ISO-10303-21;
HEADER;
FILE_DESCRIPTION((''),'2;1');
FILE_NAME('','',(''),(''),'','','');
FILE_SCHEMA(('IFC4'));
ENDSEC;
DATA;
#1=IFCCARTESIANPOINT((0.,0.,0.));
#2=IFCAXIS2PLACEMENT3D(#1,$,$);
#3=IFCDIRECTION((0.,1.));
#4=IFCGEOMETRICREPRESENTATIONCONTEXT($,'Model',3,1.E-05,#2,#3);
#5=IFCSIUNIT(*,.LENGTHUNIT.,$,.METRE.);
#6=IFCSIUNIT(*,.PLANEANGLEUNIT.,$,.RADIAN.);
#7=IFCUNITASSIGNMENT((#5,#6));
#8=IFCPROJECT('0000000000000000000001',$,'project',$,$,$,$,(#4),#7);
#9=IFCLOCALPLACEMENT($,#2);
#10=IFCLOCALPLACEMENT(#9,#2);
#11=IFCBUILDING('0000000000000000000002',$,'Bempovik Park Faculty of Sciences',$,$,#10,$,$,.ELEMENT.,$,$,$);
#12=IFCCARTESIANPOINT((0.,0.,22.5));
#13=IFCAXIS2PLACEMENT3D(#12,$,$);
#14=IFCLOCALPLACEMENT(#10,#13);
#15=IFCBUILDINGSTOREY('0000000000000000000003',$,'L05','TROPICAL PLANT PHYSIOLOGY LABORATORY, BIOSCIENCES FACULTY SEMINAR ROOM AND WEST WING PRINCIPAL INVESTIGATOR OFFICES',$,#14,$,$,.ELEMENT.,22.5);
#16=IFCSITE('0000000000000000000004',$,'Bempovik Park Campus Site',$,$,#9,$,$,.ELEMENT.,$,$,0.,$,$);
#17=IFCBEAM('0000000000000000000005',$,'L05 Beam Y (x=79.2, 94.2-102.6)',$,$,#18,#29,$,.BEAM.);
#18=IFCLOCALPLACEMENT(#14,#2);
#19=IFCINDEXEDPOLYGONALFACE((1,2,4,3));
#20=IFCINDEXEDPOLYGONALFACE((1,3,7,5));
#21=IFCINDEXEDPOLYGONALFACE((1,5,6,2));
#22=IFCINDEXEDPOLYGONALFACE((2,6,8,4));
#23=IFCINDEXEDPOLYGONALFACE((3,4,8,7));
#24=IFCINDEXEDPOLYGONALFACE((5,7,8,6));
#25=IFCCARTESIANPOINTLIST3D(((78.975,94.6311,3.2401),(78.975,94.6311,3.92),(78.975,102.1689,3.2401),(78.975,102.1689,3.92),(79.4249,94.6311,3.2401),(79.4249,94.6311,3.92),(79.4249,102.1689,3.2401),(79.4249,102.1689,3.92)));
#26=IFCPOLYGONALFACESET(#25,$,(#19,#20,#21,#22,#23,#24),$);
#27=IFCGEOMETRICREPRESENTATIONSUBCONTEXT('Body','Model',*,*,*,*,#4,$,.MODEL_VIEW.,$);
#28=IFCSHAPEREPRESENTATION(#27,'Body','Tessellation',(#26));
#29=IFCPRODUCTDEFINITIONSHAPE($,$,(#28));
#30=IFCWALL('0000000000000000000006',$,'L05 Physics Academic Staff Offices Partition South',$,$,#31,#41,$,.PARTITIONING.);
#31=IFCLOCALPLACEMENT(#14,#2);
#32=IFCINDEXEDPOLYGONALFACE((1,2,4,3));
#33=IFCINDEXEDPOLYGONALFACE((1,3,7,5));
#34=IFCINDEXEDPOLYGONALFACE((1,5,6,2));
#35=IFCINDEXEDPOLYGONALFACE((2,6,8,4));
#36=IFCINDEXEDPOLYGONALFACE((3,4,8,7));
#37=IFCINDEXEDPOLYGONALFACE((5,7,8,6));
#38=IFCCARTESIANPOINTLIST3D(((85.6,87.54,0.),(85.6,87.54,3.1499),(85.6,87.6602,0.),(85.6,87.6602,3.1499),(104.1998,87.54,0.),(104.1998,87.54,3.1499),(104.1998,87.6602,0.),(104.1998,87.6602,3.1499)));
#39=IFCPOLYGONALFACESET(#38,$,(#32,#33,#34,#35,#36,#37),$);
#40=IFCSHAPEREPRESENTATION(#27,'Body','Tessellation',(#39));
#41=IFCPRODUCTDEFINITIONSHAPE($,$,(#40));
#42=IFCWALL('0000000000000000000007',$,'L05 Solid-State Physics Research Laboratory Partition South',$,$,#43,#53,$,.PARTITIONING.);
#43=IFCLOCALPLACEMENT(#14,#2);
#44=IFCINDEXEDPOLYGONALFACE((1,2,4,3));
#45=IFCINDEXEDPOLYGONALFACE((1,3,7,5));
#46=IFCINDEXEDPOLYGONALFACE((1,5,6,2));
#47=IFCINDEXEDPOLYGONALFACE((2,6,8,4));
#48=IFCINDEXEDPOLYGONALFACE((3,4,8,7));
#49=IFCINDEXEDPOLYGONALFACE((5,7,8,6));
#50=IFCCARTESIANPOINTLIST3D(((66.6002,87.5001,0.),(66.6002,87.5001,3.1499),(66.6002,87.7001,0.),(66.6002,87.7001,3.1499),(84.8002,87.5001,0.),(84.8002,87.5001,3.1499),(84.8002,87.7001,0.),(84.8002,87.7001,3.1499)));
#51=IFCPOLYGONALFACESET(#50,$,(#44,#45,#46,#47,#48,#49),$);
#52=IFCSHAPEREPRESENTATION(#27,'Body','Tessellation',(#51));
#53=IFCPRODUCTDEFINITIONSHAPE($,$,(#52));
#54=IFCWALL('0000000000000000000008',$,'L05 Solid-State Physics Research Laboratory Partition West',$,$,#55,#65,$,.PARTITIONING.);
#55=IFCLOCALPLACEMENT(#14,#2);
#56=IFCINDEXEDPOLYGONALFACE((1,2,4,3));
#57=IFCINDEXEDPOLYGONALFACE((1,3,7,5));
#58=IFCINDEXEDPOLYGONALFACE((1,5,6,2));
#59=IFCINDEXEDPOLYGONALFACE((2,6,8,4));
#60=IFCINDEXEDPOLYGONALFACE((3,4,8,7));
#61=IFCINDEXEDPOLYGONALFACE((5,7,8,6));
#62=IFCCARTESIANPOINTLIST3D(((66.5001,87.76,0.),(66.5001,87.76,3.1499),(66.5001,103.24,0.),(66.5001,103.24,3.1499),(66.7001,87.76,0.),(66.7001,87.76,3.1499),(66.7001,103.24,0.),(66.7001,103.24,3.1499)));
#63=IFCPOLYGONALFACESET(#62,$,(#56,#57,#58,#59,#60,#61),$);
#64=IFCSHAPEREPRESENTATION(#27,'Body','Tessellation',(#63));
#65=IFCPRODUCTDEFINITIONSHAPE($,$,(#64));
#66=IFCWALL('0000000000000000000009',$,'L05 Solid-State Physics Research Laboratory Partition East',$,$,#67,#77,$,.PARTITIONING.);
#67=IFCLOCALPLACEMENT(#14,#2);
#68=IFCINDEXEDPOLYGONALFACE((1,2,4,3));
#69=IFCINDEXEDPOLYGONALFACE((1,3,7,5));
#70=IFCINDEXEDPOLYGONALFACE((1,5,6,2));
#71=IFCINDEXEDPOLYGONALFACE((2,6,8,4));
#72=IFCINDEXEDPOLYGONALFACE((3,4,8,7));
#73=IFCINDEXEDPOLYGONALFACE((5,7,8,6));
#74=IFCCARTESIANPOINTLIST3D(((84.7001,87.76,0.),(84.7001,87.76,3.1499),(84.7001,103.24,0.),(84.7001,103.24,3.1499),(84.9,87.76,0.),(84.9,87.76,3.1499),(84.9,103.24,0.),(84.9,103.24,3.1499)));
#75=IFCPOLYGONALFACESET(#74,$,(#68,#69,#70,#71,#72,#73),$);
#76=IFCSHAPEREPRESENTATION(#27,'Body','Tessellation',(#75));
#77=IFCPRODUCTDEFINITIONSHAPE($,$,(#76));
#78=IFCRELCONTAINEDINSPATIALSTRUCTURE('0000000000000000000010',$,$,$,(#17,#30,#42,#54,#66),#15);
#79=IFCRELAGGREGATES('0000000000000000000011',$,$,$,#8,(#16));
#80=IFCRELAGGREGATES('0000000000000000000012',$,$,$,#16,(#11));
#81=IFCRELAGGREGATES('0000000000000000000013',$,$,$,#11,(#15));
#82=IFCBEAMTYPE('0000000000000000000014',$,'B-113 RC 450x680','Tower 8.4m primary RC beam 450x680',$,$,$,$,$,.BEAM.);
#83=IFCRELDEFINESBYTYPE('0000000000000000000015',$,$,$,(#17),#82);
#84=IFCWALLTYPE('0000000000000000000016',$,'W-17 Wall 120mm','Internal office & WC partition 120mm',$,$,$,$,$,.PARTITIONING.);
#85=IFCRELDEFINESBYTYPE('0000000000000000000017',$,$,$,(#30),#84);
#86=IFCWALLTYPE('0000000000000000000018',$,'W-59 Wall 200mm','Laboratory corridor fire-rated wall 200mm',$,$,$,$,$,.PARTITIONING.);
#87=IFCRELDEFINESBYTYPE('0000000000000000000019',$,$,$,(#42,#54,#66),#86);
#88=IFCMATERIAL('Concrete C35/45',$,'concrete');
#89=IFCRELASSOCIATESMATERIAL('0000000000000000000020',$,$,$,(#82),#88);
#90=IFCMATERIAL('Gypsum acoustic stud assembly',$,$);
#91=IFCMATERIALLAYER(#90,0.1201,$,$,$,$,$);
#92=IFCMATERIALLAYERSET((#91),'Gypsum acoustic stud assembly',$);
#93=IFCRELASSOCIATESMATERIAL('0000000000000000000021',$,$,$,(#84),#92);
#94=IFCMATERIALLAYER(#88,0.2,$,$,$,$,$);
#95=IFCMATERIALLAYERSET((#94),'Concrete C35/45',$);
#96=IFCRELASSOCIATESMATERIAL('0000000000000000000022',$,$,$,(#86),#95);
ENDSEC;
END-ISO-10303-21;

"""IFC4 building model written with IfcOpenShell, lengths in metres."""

from ifc_helpers import new_model, si_unit, direction, frame, frame_2d, origin, origin_2d, place, context, subcontext, project, spatial, rectangle, extrude, material, layer, layer_set, material_profile, profile_set, type_object, element, save


model = new_model("IFC4")

# Units and contexts
model_context = context("Model", 3, precision=1e-05, world=origin(), true_north=direction((0.0, 1.0)))
body_context = subcontext(model_context, "Body", "Model", "MODEL_VIEW")
ifc_project = project(units=[si_unit("LENGTHUNIT", "METRE"), si_unit("PLANEANGLEUNIT", "RADIAN")], contexts=[model_context])

# Site, building, storey
site_placement = place(None, origin())
site = spatial("IfcSite", under=ifc_project, at=site_placement, Name="Bempovik Park Campus Site", CompositionType="ELEMENT", RefElevation=0.0)
building_placement = place(site_placement, origin())
building = spatial("IfcBuilding", under=site, at=building_placement, Name="Bempovik Park Faculty of Sciences", CompositionType="ELEMENT")
storey_placement = place(building_placement, frame((0.0, 0.0, 22.5)))
storey = spatial("IfcBuildingStorey", under=building, at=storey_placement, Name="L05", Description="TROPICAL PLANT PHYSIOLOGY LABORATORY, BIOSCIENCES FACULTY SEMINAR ROOM AND WEST WING PRINCIPAL INVESTIGATOR OFFICES", CompositionType="ELEMENT", Elevation=22.5)

# Beam
ifc_material_1 = material(Name="Concrete C35/45", Category="concrete")
ifc_material_profile_1 = material_profile(ifc_material_1, rectangle(XDim=0.45, YDim=0.6799, at=origin_2d()), Name="RC 450x680")
ifc_profile_set_1 = profile_set([ifc_material_profile_1], Name="Concrete C35/45")
beam_type_1 = type_object("IfcBeamType", Name="B-113 RC 450x680", Description="Tower 8.4m primary RC beam 450x680", PredefinedType="BEAM", material=ifc_profile_set_1)
for number, where, z_axis, x_axis, name in (
    (1, (79.2, 94.6311, 3.5801), (0.0, 1.0, 0.0), (-1.0, 0.0, 0.0), "L05 Beam Y (x=79.2, 94.2-102.6)"),
):
    element("IfcBeam", number, at=place(storey_placement, frame(where, z_axis=z_axis, x_axis=x_axis)), inside=storey, type_object=beam_type_1, Name=name, PredefinedType="BEAM", context=body_context, shape_type="SweptSolid", body=[
        extrude(rectangle(XDim=0.45, YDim=0.6799, at=origin_2d()), origin(), (0.0, 0.0, 1.0), 7.5378),
    ])

# Walls
ifc_material_2 = material(Name="Gypsum acoustic stud assembly")
ifc_layer_1 = layer(ifc_material_2, 0.1201)
ifc_layer_set_1 = layer_set([ifc_layer_1], Name="Gypsum acoustic stud assembly")
wall_type_1 = type_object("IfcWallType", Name="W-17 Wall 120mm", Description="Internal office & WC partition 120mm", PredefinedType="PARTITIONING", material=ifc_layer_set_1)
wall_1_placement = place(storey_placement, frame((85.6001, 87.6001, 0.0), z_axis=(0.0, 0.0, 1.0), x_axis=(1.0, 0.0, 0.0)))
element("IfcWall", 2, at=wall_1_placement, inside=storey, type_object=wall_type_1, Name="L05 Physics Academic Staff Offices Partition South", PredefinedType="PARTITIONING", context=body_context, shape_type="SweptSolid", body=[
    extrude(rectangle(XDim=18.5999, YDim=0.1201, at=frame_2d((9.2998, 0.0))), origin(), (0.0, 0.0, 1.0), 3.1499),
])
ifc_layer_2 = layer(ifc_material_1, 0.2)
ifc_layer_set_2 = layer_set([ifc_layer_2], Name="Concrete C35/45")
wall_type_2 = type_object("IfcWallType", Name="W-59 Wall 200mm", Description="Laboratory corridor fire-rated wall 200mm", PredefinedType="PARTITIONING", material=ifc_layer_set_2)
wall_2_placement = place(storey_placement, frame((66.6001, 87.6001, 0.0), z_axis=(0.0, 0.0, 1.0), x_axis=(1.0, 0.0, 0.0)))
element("IfcWall", 3, at=wall_2_placement, inside=storey, type_object=wall_type_2, Name="L05 Solid-State Physics Research Laboratory Partition South", PredefinedType="PARTITIONING", context=body_context, shape_type="SweptSolid", body=[
    extrude(rectangle(XDim=18.2, YDim=0.2, at=frame_2d((9.1001, 0.0))), origin(), (0.0, 0.0, 1.0), 3.1499),
])
for number, where, z_axis, x_axis, name in (
    (4, (66.6001, 87.76, 0.0), (0.0, 0.0, 1.0), (0.0, 1.0, 0.0), "L05 Solid-State Physics Research Laboratory Partition West"),
    (5, (84.8, 87.76, 0.0), (0.0, 0.0, 1.0), (0.0, 1.0, 0.0), "L05 Solid-State Physics Research Laboratory Partition East"),
):
    element("IfcWall", number, at=place(storey_placement, frame(where, z_axis=z_axis, x_axis=x_axis)), inside=storey, type_object=wall_type_2, Name=name, PredefinedType="PARTITIONING", context=body_context, shape_type="SweptSolid", body=[
        extrude(rectangle(XDim=15.48, YDim=0.2, at=frame_2d((7.74, 0.0))), origin(), (0.0, 0.0, 1.0), 3.1499),
    ])

save(model, "model.ifc")
